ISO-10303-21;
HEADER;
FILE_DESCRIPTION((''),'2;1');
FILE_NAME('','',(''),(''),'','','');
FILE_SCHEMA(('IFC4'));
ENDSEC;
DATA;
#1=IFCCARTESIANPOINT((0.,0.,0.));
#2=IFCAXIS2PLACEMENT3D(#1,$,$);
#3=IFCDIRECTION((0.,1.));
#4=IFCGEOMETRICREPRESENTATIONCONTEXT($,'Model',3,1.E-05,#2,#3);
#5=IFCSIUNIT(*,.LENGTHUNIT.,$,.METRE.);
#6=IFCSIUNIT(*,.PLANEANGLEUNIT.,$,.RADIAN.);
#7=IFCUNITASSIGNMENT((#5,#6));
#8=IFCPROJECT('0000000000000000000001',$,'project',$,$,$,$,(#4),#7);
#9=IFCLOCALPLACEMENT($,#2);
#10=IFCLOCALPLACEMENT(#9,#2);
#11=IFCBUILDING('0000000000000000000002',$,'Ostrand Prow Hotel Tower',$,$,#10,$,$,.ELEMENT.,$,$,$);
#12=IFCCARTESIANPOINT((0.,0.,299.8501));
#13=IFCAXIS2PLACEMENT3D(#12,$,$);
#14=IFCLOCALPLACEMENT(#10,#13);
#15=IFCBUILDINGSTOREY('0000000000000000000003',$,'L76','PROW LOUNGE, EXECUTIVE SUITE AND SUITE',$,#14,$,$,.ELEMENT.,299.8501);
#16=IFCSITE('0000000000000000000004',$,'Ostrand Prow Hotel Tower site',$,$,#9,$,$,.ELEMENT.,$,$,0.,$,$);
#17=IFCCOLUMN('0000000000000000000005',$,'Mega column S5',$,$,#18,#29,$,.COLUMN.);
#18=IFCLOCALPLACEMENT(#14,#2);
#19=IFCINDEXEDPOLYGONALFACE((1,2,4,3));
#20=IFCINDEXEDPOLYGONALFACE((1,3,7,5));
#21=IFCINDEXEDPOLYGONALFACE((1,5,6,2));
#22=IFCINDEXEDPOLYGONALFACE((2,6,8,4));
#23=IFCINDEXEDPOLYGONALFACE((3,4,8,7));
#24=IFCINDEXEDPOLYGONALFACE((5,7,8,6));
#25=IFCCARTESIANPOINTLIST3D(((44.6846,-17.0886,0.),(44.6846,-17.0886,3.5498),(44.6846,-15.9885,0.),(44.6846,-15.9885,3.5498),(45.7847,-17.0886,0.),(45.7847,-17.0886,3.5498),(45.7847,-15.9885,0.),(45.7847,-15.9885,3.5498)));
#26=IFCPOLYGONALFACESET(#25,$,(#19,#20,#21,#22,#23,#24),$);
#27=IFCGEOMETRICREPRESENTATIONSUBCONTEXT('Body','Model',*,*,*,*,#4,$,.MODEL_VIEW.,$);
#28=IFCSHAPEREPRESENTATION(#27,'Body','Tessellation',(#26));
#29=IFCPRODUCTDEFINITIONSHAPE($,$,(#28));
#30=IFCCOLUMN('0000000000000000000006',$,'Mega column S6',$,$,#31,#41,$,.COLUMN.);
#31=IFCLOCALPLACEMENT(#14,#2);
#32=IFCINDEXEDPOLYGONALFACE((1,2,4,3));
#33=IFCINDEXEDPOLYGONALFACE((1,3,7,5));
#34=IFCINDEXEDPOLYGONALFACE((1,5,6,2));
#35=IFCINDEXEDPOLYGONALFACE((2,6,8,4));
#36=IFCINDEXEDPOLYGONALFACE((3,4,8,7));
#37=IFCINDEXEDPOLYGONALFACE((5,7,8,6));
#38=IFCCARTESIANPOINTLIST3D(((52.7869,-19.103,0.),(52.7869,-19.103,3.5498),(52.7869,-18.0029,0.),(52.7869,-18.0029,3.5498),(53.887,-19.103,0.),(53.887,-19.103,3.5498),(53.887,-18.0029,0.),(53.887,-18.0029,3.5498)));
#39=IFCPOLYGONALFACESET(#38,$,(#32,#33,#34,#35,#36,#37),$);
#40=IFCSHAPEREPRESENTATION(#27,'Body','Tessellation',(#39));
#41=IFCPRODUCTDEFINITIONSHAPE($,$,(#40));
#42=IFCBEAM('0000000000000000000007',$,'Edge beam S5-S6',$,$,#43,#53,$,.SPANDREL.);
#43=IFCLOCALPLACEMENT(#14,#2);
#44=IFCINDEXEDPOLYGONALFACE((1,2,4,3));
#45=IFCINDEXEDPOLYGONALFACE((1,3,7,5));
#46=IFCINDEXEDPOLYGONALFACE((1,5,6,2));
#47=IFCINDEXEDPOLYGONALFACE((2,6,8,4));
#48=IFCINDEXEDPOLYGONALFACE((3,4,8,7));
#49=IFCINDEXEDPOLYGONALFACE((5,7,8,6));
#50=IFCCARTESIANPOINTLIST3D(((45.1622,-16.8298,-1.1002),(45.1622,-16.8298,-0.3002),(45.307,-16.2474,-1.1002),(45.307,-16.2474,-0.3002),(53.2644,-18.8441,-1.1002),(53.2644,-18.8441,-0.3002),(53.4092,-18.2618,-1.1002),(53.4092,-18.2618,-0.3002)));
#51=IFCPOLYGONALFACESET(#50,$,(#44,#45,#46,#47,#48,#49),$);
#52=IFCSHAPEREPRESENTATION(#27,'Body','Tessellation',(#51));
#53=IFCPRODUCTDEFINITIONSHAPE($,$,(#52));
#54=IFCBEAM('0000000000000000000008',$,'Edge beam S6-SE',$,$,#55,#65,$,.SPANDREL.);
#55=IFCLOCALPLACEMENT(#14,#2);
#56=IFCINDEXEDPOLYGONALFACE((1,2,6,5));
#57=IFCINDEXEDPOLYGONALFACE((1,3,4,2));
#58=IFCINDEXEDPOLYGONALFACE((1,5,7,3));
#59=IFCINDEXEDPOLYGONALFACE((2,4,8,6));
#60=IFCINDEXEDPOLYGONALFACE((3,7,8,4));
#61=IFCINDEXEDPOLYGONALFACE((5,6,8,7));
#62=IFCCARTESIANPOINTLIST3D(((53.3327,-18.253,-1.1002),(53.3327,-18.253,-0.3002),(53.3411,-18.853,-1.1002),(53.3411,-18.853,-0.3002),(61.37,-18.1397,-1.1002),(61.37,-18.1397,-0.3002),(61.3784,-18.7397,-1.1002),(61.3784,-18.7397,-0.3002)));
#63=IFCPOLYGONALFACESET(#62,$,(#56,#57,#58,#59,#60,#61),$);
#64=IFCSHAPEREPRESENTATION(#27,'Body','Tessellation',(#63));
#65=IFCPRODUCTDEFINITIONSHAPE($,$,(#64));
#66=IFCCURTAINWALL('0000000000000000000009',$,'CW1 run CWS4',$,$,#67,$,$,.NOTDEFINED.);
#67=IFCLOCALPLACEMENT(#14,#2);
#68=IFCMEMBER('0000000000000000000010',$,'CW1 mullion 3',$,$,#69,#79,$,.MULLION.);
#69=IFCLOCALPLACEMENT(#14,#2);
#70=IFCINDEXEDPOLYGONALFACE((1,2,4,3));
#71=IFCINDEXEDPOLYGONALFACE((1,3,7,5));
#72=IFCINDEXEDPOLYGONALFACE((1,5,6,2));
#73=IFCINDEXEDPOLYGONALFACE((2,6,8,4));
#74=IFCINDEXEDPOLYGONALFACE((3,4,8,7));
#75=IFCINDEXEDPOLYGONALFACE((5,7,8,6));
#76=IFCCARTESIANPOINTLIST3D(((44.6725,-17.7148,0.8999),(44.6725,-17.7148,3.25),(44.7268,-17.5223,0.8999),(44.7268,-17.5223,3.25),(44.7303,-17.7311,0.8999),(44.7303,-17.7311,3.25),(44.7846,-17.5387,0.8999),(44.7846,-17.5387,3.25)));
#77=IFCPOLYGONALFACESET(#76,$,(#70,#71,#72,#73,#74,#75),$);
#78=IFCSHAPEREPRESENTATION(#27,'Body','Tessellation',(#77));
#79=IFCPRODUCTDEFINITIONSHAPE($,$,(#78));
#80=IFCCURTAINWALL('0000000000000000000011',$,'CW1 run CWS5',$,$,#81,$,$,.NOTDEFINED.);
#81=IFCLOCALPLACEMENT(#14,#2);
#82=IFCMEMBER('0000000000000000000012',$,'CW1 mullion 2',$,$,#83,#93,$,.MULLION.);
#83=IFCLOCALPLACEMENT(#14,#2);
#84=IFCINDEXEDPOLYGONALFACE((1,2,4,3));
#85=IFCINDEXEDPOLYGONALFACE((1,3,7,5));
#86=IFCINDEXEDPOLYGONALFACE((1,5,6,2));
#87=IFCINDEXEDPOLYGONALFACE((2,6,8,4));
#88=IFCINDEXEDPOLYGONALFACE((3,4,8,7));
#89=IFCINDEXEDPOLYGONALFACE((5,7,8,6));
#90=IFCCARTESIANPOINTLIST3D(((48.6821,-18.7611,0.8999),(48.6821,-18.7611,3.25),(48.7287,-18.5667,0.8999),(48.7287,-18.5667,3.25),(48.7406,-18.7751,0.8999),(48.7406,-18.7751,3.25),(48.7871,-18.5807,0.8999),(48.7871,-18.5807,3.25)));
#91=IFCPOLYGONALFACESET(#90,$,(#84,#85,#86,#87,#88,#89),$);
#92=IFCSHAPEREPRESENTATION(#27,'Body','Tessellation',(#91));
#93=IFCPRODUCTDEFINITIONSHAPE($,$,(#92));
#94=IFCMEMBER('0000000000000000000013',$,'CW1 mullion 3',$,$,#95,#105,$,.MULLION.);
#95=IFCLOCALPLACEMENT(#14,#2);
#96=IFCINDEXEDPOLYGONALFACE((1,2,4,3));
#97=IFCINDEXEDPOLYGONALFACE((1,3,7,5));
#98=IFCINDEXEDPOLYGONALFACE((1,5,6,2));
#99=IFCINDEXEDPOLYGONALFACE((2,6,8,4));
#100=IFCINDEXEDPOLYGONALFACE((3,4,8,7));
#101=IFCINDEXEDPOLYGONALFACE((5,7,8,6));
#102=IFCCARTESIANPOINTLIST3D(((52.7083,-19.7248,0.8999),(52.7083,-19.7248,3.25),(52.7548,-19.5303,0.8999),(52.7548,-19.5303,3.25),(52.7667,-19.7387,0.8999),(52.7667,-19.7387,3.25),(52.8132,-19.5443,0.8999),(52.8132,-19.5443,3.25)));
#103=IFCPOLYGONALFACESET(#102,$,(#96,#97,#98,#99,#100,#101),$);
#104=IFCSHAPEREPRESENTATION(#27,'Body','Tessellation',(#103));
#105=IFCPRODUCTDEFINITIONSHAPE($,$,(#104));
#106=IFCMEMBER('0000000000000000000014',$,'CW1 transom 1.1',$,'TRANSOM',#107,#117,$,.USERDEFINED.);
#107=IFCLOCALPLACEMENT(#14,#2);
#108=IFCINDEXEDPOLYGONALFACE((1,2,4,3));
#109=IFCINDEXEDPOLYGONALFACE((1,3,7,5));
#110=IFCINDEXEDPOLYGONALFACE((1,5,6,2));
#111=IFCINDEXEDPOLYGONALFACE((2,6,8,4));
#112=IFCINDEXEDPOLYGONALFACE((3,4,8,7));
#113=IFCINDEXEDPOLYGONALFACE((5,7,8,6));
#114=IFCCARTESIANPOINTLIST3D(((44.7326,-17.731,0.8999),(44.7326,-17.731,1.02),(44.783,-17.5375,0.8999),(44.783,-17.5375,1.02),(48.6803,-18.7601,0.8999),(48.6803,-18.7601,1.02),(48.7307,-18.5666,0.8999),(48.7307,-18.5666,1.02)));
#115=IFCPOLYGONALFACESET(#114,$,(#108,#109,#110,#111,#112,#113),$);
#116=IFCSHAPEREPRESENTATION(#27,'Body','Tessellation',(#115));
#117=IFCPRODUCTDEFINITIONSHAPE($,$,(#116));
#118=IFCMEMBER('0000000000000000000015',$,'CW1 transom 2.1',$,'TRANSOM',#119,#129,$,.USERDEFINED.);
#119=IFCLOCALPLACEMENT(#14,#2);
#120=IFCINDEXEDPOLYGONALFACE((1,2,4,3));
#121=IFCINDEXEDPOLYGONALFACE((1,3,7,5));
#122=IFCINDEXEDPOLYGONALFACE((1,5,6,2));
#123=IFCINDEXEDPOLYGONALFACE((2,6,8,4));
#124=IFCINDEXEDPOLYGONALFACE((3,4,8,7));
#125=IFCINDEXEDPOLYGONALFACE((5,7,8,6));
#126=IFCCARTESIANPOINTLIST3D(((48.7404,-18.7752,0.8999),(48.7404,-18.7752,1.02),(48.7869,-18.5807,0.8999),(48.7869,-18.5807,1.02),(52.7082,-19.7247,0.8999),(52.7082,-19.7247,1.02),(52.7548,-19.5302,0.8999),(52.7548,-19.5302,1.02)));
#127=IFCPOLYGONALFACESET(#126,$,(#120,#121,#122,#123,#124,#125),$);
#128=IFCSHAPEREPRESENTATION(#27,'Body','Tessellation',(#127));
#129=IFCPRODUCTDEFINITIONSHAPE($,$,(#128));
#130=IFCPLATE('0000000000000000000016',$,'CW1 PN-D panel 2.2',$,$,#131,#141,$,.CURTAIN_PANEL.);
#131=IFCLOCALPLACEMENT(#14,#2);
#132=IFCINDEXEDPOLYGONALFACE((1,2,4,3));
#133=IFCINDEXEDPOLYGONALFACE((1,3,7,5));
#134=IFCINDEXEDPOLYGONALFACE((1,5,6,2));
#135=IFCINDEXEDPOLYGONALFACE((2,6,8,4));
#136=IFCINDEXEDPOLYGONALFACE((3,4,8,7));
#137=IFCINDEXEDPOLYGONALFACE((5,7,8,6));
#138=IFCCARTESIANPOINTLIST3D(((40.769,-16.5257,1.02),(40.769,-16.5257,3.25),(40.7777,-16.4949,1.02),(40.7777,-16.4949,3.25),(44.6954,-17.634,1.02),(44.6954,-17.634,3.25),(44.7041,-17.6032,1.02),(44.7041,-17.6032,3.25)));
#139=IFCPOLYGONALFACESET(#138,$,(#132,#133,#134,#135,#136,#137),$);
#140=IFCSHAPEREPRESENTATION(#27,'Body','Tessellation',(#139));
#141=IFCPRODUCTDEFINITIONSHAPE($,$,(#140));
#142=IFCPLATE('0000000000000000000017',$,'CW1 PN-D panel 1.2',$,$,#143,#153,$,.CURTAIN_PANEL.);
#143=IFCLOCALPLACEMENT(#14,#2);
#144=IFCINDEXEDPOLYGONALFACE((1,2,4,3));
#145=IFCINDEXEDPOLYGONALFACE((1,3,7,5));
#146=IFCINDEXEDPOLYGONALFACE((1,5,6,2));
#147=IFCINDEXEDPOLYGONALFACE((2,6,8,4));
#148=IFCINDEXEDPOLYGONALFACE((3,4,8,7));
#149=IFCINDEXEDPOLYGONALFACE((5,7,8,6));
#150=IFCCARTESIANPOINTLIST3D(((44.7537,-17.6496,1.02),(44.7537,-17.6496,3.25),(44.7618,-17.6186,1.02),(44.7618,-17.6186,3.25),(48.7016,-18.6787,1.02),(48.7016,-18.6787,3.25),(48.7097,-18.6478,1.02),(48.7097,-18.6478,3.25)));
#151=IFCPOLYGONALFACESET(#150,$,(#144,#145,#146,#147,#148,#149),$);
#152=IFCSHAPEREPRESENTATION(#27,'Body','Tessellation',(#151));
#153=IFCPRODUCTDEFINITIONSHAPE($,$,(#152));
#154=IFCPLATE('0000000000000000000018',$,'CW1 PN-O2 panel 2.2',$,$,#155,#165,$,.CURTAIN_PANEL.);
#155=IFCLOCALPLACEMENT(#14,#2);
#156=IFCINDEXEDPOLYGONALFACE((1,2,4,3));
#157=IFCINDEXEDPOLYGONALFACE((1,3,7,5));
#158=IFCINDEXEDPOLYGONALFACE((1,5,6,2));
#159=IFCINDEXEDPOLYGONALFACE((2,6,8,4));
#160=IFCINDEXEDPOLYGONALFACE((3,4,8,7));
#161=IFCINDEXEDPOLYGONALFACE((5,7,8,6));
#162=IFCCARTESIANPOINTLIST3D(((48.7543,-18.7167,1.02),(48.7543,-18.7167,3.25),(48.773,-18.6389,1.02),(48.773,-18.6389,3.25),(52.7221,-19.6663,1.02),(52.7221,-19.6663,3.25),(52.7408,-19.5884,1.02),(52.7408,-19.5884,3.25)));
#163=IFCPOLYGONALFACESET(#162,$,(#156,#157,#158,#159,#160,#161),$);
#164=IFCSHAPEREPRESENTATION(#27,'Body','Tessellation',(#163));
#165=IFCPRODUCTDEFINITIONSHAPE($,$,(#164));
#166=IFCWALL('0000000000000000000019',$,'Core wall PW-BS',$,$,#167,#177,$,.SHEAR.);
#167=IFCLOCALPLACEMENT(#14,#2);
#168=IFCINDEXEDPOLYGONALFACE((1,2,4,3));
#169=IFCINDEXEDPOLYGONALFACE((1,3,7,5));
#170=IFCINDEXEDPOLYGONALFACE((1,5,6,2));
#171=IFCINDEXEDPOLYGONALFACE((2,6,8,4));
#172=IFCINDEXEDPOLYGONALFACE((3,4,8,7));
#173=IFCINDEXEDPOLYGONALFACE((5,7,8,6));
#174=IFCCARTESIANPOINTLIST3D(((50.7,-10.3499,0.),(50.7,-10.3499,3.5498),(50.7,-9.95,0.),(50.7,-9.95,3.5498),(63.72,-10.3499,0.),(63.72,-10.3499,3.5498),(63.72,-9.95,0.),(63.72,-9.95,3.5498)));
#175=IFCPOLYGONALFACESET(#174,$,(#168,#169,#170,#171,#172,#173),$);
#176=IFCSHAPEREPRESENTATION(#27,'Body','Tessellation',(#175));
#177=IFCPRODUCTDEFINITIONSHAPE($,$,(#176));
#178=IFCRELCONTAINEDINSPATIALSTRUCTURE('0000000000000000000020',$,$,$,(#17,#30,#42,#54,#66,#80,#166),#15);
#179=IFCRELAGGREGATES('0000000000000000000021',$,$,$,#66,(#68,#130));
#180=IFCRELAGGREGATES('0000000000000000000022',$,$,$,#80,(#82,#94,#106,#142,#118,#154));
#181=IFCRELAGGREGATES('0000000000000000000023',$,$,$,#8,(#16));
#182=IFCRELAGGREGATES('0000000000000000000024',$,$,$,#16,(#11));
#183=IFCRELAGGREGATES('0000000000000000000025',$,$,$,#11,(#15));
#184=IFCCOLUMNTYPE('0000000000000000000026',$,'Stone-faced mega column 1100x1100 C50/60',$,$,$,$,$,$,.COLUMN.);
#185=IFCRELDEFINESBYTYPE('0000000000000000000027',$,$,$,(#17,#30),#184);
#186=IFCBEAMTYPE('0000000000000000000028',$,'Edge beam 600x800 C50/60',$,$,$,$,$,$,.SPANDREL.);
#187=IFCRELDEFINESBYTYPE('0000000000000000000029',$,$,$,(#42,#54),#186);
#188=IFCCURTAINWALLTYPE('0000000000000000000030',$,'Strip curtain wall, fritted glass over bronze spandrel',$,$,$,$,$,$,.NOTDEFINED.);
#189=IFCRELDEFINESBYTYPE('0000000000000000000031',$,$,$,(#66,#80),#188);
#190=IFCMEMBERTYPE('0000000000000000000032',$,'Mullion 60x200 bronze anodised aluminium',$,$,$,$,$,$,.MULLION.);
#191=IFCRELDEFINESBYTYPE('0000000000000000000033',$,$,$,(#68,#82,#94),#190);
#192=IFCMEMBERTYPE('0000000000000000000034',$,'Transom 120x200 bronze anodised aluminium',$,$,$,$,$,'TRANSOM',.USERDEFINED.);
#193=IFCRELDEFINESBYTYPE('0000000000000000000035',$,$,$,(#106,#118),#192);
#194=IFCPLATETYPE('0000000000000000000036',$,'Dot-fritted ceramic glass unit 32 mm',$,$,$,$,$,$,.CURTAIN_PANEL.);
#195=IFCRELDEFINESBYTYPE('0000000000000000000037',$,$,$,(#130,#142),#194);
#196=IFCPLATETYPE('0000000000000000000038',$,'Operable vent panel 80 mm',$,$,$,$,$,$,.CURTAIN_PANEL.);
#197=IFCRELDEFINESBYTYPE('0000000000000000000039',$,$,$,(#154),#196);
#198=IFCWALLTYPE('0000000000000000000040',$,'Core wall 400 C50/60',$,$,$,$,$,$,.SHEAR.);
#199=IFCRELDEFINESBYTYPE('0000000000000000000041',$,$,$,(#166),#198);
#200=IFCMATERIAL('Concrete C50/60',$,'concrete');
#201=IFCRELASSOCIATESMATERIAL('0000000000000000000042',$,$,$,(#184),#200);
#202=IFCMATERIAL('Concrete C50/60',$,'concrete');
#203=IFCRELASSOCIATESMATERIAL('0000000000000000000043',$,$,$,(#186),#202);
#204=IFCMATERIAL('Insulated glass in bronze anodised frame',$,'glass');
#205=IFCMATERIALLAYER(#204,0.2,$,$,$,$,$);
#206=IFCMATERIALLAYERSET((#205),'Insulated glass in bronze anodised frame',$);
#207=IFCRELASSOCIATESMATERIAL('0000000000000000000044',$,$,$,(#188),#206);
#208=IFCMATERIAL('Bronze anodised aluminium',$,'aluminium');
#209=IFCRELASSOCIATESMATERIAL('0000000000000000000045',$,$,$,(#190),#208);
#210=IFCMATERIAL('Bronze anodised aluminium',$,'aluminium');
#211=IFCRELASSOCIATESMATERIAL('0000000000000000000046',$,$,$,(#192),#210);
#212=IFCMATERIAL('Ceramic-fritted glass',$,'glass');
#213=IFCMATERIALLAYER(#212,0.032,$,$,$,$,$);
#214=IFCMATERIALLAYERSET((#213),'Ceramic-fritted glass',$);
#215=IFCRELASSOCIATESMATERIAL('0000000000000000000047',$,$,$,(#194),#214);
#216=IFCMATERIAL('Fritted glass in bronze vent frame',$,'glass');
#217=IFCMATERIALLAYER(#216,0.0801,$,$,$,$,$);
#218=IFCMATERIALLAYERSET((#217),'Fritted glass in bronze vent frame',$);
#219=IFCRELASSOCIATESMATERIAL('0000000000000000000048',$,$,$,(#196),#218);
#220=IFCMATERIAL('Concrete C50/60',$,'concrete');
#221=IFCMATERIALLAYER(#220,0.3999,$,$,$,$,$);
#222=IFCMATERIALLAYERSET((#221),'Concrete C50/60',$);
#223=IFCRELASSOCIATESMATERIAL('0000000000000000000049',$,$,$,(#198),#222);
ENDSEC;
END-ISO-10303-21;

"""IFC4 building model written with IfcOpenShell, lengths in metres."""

from ifc_helpers import new_model, si_unit, direction, frame, frame_2d, origin, origin_2d, place, context, subcontext, project, spatial, rectangle, extrude, material, layer, layer_set, material_profile, profile_set, type_object, element, aggregate, save


model = new_model("IFC4")

# Units and contexts
model_context = context("Model", 3, precision=1e-05, world=origin(), true_north=direction((0.0, 1.0)))
body_context = subcontext(model_context, "Body", "Model", "MODEL_VIEW")
ifc_project = project(units=[si_unit("LENGTHUNIT", "METRE"), si_unit("PLANEANGLEUNIT", "RADIAN")], contexts=[model_context])

# Site, building, storey
site_placement = place(None, origin())
site = spatial("IfcSite", under=ifc_project, at=site_placement, Name="Ostrand Prow Hotel Tower site", CompositionType="ELEMENT", RefElevation=0.0)
building_placement = place(site_placement, origin())
building = spatial("IfcBuilding", under=site, at=building_placement, Name="Ostrand Prow Hotel Tower", CompositionType="ELEMENT")
storey_placement = place(building_placement, frame((0.0, 0.0, 299.8501)))
storey = spatial("IfcBuildingStorey", under=building, at=storey_placement, Name="L76", Description="PROW LOUNGE, EXECUTIVE SUITE AND SUITE", CompositionType="ELEMENT", Elevation=299.8501)

# Columns
ifc_material_1 = material(Name="Concrete C50/60", Category="concrete")
ifc_material_profile_1 = material_profile(ifc_material_1, rectangle(XDim=1.1001, YDim=1.1001, at=origin_2d()), Name="RC 1100x1100")
ifc_profile_set_1 = profile_set([ifc_material_profile_1], Name="Concrete C50/60")
column_type = type_object("IfcColumnType", Name="Stone-faced mega column 1100x1100 C50/60", PredefinedType="COLUMN", material=ifc_profile_set_1)
for number, where, z_axis, x_axis, name in (
    (1, (45.2346, -16.5386, 0.0), (0.0, 0.0, 1.0), (1.0, 0.0, 0.0), "Mega column S5"),
    (2, (53.3369, -18.553, 0.0), (0.0, 0.0, 1.0), (1.0, 0.0, 0.0), "Mega column S6"),
):
    element("IfcColumn", number, at=place(storey_placement, frame(where, z_axis=z_axis, x_axis=x_axis)), inside=storey, type_object=column_type, Name=name, PredefinedType="COLUMN", context=body_context, shape_type="SweptSolid", body=[
        extrude(rectangle(XDim=1.1001, YDim=1.1001, at=origin_2d()), origin(), (0.0, 0.0, 1.0), 3.5498),
    ])

# Beams
ifc_material_2 = material(Name="Concrete C50/60", Category="concrete")
ifc_material_profile_2 = material_profile(ifc_material_2, rectangle(XDim=0.6001, YDim=0.8, at=origin_2d()), Name="RC 600x800")
ifc_profile_set_2 = profile_set([ifc_material_profile_2], Name="Concrete C50/60")
beam_type = type_object("IfcBeamType", Name="Edge beam 600x800 C50/60", PredefinedType="SPANDREL", material=ifc_profile_set_2)
beam_1_placement = place(storey_placement, frame((45.2346, -16.5386, -0.7002), z_axis=(0.970456, -0.241276, 0.0), x_axis=(0.241276, 0.970456, 0.0)))
element("IfcBeam", 3, at=beam_1_placement, inside=storey, type_object=beam_type, Name="Edge beam S5-S6", PredefinedType="SPANDREL", context=body_context, shape_type="SweptSolid", body=[
    extrude(rectangle(XDim=0.6001, YDim=0.8, at=origin_2d()), origin(), (0.0, 0.0, 1.0), 8.3489),
])
beam_2_placement = place(storey_placement, frame((53.3369, -18.553, -0.7002), z_axis=(0.999901, 0.014093, 0.0), x_axis=(-0.014093, 0.999901, 0.0)))
element("IfcBeam", 4, at=beam_2_placement, inside=storey, type_object=beam_type, Name="Edge beam S6-SE", PredefinedType="SPANDREL", context=body_context, shape_type="SweptSolid", body=[
    extrude(rectangle(XDim=0.6001, YDim=0.8, at=origin_2d()), origin(), (0.0, 0.0, 1.0), 8.0381),
])

# Curtain wall, member
ifc_material_3 = material(Name="Insulated glass in bronze anodised frame", Category="glass")
ifc_layer_1 = layer(ifc_material_3, 0.2)
ifc_layer_set_1 = layer_set([ifc_layer_1], Name="Insulated glass in bronze anodised frame")
curtain_wall_type = type_object("IfcCurtainWallType", Name="Strip curtain wall, fritted glass over bronze spandrel", PredefinedType="NOTDEFINED", material=ifc_layer_set_1)
curtain_wall_1_placement = place(storey_placement, origin())
curtain_wall_1 = element("IfcCurtainWall", 5, at=curtain_wall_1_placement, inside=storey, type_object=curtain_wall_type, Name="CW1 run CWS4", PredefinedType="NOTDEFINED")
ifc_material_4 = material(Name="Bronze anodised aluminium", Category="aluminium")
ifc_material_profile_3 = material_profile(ifc_material_4, rectangle(XDim=0.2, YDim=0.0601, at=origin_2d()), Name="Mullion 60x200 bronze anodised aluminium")
ifc_profile_set_3 = profile_set([ifc_material_profile_3], Name="Bronze anodised aluminium")
member_type_1 = type_object("IfcMemberType", Name="Mullion 60x200 bronze anodised aluminium", PredefinedType="MULLION", material=ifc_profile_set_3)
member_1_placement = place(storey_placement, frame((44.7285, -17.6267, 0.8999), z_axis=(0.0, 0.0, 1.0), x_axis=(0.271649, 0.962396, 0.0)))
member_1 = element("IfcMember", 6, at=member_1_placement, type_object=member_type_1, Name="CW1 mullion 3", PredefinedType="MULLION", context=body_context, shape_type="SweptSolid", body=[
    extrude(rectangle(XDim=0.2, YDim=0.0601, at=origin_2d()), origin(), (0.0, 0.0, 1.0), 2.3501),
])

# Curtain wall, members
curtain_wall_2_placement = place(storey_placement, origin())
curtain_wall_2 = element("IfcCurtainWall", 7, at=curtain_wall_2_placement, inside=storey, type_object=curtain_wall_type, Name="CW1 run CWS5", PredefinedType="NOTDEFINED")
member_2_placement = place(storey_placement, frame((48.7346, -18.6709, 0.8999), z_axis=(0.0, 0.0, 1.0), x_axis=(0.232746, 0.972538, 0.0)))
member_2 = element("IfcMember", 8, at=member_2_placement, type_object=member_type_1, Name="CW1 mullion 2", PredefinedType="MULLION", context=body_context, shape_type="SweptSolid", body=[
    extrude(rectangle(XDim=0.2, YDim=0.0601, at=origin_2d()), origin(), (0.0, 0.0, 1.0), 2.3501),
])
member_3_placement = place(storey_placement, frame((52.7607, -19.6345, 0.8999), z_axis=(0.0, 0.0, 1.0), x_axis=(0.232746, 0.972538, 0.0)))
member_3 = element("IfcMember", 9, at=member_3_placement, type_object=member_type_1, Name="CW1 mullion 3", PredefinedType="MULLION", context=body_context, shape_type="SweptSolid", body=[
    extrude(rectangle(XDim=0.2, YDim=0.0601, at=origin_2d()), origin(), (0.0, 0.0, 1.0), 2.3501),
])
ifc_material_5 = material(Name="Bronze anodised aluminium", Category="aluminium")
ifc_material_profile_4 = material_profile(ifc_material_5, rectangle(XDim=0.2, YDim=0.1201, at=origin_2d()), Name="Transom 120x200 bronze anodised aluminium")
ifc_profile_set_4 = profile_set([ifc_material_profile_4], Name="Bronze anodised aluminium")
member_type_2 = type_object("IfcMemberType", Name="Transom 120x200 bronze anodised aluminium", ElementType="TRANSOM", PredefinedType="USERDEFINED", material=ifc_profile_set_4)
member_4_placement = place(storey_placement, frame((44.7578, -17.6343, 0.96), z_axis=(0.967665, -0.252239, 0.0), x_axis=(0.252239, 0.967665, 0.0)))
member_4 = element("IfcMember", 10, at=member_4_placement, type_object=member_type_2, Name="CW1 transom 1.1", ObjectType="TRANSOM", PredefinedType="USERDEFINED", context=body_context, shape_type="SweptSolid", body=[
    extrude(rectangle(XDim=0.2, YDim=0.1201, at=origin_2d()), origin(), (0.0, 0.0, 1.0), 4.0796),
])
member_5_placement = place(storey_placement, frame((48.7637, -18.678, 0.96), z_axis=(0.972543, -0.232723, 0.0), x_axis=(0.232723, 0.972543, 0.0)))
member_5 = element("IfcMember", 11, at=member_5_placement, type_object=member_type_2, Name="CW1 transom 2.1", ObjectType="TRANSOM", PredefinedType="USERDEFINED", context=body_context, shape_type="SweptSolid", body=[
    extrude(rectangle(XDim=0.2, YDim=0.1201, at=origin_2d()), origin(), (0.0, 0.0, 1.0), 4.0798),
])

# Plates
ifc_material_6 = material(Name="Ceramic-fritted glass", Category="glass")
ifc_layer_2 = layer(ifc_material_6, 0.032)
ifc_layer_set_2 = layer_set([ifc_layer_2], Name="Ceramic-fritted glass")
plate_type_1 = type_object("IfcPlateType", Name="Dot-fritted ceramic glass unit 32 mm", PredefinedType="CURTAIN_PANEL", material=ifc_layer_set_2)
plate_1_placement = place(storey_placement, frame((42.7366, -17.0645, 1.02), z_axis=(0.0, 0.0, 1.0), x_axis=(0.962396, -0.271649, 0.0)))
plate_1 = element("IfcPlate", 12, at=plate_1_placement, type_object=plate_type_1, Name="CW1 PN-D panel 2.2", PredefinedType="CURTAIN_PANEL", context=body_context, shape_type="SweptSolid", body=[
    extrude(rectangle(XDim=4.0798, YDim=0.032, at=origin_2d()), origin(), (0.0, 0.0, 1.0), 2.23),
])
aggregate(curtain_wall_1, [member_1, plate_1])
plate_2_placement = place(storey_placement, frame((46.7317, -18.1487, 1.02), z_axis=(0.0, 0.0, 1.0), x_axis=(0.967663, -0.252248, 0.0)))
plate_2 = element("IfcPlate", 13, at=plate_2_placement, type_object=plate_type_1, Name="CW1 PN-D panel 1.2", PredefinedType="CURTAIN_PANEL", context=body_context, shape_type="SweptSolid", body=[
    extrude(rectangle(XDim=4.0798, YDim=0.032, at=origin_2d()), origin(), (0.0, 0.0, 1.0), 2.23),
])
ifc_material_7 = material(Name="Fritted glass in bronze vent frame", Category="glass")
ifc_layer_3 = layer(ifc_material_7, 0.0801)
ifc_layer_set_3 = layer_set([ifc_layer_3], Name="Fritted glass in bronze vent frame")
plate_type_2 = type_object("IfcPlateType", Name="Operable vent panel 80 mm", PredefinedType="CURTAIN_PANEL", material=ifc_layer_set_3)
plate_3_placement = place(storey_placement, frame((50.7476, -19.1526, 1.02), z_axis=(0.0, 0.0, 1.0), x_axis=(0.972538, -0.232746, 0.0)))
plate_3 = element("IfcPlate", 14, at=plate_3_placement, type_object=plate_type_2, Name="CW1 PN-O2 panel 2.2", PredefinedType="CURTAIN_PANEL", context=body_context, shape_type="SweptSolid", body=[
    extrude(rectangle(XDim=4.0798, YDim=0.0801, at=origin_2d()), origin(), (0.0, 0.0, 1.0), 2.23),
])
aggregate(curtain_wall_2, [member_2, member_3, member_4, plate_2, member_5, plate_3])

# Wall
ifc_material_8 = material(Name="Concrete C50/60", Category="concrete")
ifc_layer_4 = layer(ifc_material_8, 0.3999)
ifc_layer_set_4 = layer_set([ifc_layer_4], Name="Concrete C50/60")
wall_type_1 = type_object("IfcWallType", Name="Core wall 400 C50/60", PredefinedType="SHEAR", material=ifc_layer_set_4)
wall_1_placement = place(storey_placement, frame((50.7, -10.1499, 0.0), z_axis=(0.0, 0.0, 1.0), x_axis=(1.0, 0.0, 0.0)))
element("IfcWall", 15, at=wall_1_placement, inside=storey, type_object=wall_type_1, Name="Core wall PW-BS", PredefinedType="SHEAR", context=body_context, shape_type="SweptSolid", body=[
    extrude(rectangle(XDim=13.02, YDim=0.3999, at=frame_2d((6.51, 0.0))), origin(), (0.0, 0.0, 1.0), 3.5498),
])

save(model, "model.ifc")
